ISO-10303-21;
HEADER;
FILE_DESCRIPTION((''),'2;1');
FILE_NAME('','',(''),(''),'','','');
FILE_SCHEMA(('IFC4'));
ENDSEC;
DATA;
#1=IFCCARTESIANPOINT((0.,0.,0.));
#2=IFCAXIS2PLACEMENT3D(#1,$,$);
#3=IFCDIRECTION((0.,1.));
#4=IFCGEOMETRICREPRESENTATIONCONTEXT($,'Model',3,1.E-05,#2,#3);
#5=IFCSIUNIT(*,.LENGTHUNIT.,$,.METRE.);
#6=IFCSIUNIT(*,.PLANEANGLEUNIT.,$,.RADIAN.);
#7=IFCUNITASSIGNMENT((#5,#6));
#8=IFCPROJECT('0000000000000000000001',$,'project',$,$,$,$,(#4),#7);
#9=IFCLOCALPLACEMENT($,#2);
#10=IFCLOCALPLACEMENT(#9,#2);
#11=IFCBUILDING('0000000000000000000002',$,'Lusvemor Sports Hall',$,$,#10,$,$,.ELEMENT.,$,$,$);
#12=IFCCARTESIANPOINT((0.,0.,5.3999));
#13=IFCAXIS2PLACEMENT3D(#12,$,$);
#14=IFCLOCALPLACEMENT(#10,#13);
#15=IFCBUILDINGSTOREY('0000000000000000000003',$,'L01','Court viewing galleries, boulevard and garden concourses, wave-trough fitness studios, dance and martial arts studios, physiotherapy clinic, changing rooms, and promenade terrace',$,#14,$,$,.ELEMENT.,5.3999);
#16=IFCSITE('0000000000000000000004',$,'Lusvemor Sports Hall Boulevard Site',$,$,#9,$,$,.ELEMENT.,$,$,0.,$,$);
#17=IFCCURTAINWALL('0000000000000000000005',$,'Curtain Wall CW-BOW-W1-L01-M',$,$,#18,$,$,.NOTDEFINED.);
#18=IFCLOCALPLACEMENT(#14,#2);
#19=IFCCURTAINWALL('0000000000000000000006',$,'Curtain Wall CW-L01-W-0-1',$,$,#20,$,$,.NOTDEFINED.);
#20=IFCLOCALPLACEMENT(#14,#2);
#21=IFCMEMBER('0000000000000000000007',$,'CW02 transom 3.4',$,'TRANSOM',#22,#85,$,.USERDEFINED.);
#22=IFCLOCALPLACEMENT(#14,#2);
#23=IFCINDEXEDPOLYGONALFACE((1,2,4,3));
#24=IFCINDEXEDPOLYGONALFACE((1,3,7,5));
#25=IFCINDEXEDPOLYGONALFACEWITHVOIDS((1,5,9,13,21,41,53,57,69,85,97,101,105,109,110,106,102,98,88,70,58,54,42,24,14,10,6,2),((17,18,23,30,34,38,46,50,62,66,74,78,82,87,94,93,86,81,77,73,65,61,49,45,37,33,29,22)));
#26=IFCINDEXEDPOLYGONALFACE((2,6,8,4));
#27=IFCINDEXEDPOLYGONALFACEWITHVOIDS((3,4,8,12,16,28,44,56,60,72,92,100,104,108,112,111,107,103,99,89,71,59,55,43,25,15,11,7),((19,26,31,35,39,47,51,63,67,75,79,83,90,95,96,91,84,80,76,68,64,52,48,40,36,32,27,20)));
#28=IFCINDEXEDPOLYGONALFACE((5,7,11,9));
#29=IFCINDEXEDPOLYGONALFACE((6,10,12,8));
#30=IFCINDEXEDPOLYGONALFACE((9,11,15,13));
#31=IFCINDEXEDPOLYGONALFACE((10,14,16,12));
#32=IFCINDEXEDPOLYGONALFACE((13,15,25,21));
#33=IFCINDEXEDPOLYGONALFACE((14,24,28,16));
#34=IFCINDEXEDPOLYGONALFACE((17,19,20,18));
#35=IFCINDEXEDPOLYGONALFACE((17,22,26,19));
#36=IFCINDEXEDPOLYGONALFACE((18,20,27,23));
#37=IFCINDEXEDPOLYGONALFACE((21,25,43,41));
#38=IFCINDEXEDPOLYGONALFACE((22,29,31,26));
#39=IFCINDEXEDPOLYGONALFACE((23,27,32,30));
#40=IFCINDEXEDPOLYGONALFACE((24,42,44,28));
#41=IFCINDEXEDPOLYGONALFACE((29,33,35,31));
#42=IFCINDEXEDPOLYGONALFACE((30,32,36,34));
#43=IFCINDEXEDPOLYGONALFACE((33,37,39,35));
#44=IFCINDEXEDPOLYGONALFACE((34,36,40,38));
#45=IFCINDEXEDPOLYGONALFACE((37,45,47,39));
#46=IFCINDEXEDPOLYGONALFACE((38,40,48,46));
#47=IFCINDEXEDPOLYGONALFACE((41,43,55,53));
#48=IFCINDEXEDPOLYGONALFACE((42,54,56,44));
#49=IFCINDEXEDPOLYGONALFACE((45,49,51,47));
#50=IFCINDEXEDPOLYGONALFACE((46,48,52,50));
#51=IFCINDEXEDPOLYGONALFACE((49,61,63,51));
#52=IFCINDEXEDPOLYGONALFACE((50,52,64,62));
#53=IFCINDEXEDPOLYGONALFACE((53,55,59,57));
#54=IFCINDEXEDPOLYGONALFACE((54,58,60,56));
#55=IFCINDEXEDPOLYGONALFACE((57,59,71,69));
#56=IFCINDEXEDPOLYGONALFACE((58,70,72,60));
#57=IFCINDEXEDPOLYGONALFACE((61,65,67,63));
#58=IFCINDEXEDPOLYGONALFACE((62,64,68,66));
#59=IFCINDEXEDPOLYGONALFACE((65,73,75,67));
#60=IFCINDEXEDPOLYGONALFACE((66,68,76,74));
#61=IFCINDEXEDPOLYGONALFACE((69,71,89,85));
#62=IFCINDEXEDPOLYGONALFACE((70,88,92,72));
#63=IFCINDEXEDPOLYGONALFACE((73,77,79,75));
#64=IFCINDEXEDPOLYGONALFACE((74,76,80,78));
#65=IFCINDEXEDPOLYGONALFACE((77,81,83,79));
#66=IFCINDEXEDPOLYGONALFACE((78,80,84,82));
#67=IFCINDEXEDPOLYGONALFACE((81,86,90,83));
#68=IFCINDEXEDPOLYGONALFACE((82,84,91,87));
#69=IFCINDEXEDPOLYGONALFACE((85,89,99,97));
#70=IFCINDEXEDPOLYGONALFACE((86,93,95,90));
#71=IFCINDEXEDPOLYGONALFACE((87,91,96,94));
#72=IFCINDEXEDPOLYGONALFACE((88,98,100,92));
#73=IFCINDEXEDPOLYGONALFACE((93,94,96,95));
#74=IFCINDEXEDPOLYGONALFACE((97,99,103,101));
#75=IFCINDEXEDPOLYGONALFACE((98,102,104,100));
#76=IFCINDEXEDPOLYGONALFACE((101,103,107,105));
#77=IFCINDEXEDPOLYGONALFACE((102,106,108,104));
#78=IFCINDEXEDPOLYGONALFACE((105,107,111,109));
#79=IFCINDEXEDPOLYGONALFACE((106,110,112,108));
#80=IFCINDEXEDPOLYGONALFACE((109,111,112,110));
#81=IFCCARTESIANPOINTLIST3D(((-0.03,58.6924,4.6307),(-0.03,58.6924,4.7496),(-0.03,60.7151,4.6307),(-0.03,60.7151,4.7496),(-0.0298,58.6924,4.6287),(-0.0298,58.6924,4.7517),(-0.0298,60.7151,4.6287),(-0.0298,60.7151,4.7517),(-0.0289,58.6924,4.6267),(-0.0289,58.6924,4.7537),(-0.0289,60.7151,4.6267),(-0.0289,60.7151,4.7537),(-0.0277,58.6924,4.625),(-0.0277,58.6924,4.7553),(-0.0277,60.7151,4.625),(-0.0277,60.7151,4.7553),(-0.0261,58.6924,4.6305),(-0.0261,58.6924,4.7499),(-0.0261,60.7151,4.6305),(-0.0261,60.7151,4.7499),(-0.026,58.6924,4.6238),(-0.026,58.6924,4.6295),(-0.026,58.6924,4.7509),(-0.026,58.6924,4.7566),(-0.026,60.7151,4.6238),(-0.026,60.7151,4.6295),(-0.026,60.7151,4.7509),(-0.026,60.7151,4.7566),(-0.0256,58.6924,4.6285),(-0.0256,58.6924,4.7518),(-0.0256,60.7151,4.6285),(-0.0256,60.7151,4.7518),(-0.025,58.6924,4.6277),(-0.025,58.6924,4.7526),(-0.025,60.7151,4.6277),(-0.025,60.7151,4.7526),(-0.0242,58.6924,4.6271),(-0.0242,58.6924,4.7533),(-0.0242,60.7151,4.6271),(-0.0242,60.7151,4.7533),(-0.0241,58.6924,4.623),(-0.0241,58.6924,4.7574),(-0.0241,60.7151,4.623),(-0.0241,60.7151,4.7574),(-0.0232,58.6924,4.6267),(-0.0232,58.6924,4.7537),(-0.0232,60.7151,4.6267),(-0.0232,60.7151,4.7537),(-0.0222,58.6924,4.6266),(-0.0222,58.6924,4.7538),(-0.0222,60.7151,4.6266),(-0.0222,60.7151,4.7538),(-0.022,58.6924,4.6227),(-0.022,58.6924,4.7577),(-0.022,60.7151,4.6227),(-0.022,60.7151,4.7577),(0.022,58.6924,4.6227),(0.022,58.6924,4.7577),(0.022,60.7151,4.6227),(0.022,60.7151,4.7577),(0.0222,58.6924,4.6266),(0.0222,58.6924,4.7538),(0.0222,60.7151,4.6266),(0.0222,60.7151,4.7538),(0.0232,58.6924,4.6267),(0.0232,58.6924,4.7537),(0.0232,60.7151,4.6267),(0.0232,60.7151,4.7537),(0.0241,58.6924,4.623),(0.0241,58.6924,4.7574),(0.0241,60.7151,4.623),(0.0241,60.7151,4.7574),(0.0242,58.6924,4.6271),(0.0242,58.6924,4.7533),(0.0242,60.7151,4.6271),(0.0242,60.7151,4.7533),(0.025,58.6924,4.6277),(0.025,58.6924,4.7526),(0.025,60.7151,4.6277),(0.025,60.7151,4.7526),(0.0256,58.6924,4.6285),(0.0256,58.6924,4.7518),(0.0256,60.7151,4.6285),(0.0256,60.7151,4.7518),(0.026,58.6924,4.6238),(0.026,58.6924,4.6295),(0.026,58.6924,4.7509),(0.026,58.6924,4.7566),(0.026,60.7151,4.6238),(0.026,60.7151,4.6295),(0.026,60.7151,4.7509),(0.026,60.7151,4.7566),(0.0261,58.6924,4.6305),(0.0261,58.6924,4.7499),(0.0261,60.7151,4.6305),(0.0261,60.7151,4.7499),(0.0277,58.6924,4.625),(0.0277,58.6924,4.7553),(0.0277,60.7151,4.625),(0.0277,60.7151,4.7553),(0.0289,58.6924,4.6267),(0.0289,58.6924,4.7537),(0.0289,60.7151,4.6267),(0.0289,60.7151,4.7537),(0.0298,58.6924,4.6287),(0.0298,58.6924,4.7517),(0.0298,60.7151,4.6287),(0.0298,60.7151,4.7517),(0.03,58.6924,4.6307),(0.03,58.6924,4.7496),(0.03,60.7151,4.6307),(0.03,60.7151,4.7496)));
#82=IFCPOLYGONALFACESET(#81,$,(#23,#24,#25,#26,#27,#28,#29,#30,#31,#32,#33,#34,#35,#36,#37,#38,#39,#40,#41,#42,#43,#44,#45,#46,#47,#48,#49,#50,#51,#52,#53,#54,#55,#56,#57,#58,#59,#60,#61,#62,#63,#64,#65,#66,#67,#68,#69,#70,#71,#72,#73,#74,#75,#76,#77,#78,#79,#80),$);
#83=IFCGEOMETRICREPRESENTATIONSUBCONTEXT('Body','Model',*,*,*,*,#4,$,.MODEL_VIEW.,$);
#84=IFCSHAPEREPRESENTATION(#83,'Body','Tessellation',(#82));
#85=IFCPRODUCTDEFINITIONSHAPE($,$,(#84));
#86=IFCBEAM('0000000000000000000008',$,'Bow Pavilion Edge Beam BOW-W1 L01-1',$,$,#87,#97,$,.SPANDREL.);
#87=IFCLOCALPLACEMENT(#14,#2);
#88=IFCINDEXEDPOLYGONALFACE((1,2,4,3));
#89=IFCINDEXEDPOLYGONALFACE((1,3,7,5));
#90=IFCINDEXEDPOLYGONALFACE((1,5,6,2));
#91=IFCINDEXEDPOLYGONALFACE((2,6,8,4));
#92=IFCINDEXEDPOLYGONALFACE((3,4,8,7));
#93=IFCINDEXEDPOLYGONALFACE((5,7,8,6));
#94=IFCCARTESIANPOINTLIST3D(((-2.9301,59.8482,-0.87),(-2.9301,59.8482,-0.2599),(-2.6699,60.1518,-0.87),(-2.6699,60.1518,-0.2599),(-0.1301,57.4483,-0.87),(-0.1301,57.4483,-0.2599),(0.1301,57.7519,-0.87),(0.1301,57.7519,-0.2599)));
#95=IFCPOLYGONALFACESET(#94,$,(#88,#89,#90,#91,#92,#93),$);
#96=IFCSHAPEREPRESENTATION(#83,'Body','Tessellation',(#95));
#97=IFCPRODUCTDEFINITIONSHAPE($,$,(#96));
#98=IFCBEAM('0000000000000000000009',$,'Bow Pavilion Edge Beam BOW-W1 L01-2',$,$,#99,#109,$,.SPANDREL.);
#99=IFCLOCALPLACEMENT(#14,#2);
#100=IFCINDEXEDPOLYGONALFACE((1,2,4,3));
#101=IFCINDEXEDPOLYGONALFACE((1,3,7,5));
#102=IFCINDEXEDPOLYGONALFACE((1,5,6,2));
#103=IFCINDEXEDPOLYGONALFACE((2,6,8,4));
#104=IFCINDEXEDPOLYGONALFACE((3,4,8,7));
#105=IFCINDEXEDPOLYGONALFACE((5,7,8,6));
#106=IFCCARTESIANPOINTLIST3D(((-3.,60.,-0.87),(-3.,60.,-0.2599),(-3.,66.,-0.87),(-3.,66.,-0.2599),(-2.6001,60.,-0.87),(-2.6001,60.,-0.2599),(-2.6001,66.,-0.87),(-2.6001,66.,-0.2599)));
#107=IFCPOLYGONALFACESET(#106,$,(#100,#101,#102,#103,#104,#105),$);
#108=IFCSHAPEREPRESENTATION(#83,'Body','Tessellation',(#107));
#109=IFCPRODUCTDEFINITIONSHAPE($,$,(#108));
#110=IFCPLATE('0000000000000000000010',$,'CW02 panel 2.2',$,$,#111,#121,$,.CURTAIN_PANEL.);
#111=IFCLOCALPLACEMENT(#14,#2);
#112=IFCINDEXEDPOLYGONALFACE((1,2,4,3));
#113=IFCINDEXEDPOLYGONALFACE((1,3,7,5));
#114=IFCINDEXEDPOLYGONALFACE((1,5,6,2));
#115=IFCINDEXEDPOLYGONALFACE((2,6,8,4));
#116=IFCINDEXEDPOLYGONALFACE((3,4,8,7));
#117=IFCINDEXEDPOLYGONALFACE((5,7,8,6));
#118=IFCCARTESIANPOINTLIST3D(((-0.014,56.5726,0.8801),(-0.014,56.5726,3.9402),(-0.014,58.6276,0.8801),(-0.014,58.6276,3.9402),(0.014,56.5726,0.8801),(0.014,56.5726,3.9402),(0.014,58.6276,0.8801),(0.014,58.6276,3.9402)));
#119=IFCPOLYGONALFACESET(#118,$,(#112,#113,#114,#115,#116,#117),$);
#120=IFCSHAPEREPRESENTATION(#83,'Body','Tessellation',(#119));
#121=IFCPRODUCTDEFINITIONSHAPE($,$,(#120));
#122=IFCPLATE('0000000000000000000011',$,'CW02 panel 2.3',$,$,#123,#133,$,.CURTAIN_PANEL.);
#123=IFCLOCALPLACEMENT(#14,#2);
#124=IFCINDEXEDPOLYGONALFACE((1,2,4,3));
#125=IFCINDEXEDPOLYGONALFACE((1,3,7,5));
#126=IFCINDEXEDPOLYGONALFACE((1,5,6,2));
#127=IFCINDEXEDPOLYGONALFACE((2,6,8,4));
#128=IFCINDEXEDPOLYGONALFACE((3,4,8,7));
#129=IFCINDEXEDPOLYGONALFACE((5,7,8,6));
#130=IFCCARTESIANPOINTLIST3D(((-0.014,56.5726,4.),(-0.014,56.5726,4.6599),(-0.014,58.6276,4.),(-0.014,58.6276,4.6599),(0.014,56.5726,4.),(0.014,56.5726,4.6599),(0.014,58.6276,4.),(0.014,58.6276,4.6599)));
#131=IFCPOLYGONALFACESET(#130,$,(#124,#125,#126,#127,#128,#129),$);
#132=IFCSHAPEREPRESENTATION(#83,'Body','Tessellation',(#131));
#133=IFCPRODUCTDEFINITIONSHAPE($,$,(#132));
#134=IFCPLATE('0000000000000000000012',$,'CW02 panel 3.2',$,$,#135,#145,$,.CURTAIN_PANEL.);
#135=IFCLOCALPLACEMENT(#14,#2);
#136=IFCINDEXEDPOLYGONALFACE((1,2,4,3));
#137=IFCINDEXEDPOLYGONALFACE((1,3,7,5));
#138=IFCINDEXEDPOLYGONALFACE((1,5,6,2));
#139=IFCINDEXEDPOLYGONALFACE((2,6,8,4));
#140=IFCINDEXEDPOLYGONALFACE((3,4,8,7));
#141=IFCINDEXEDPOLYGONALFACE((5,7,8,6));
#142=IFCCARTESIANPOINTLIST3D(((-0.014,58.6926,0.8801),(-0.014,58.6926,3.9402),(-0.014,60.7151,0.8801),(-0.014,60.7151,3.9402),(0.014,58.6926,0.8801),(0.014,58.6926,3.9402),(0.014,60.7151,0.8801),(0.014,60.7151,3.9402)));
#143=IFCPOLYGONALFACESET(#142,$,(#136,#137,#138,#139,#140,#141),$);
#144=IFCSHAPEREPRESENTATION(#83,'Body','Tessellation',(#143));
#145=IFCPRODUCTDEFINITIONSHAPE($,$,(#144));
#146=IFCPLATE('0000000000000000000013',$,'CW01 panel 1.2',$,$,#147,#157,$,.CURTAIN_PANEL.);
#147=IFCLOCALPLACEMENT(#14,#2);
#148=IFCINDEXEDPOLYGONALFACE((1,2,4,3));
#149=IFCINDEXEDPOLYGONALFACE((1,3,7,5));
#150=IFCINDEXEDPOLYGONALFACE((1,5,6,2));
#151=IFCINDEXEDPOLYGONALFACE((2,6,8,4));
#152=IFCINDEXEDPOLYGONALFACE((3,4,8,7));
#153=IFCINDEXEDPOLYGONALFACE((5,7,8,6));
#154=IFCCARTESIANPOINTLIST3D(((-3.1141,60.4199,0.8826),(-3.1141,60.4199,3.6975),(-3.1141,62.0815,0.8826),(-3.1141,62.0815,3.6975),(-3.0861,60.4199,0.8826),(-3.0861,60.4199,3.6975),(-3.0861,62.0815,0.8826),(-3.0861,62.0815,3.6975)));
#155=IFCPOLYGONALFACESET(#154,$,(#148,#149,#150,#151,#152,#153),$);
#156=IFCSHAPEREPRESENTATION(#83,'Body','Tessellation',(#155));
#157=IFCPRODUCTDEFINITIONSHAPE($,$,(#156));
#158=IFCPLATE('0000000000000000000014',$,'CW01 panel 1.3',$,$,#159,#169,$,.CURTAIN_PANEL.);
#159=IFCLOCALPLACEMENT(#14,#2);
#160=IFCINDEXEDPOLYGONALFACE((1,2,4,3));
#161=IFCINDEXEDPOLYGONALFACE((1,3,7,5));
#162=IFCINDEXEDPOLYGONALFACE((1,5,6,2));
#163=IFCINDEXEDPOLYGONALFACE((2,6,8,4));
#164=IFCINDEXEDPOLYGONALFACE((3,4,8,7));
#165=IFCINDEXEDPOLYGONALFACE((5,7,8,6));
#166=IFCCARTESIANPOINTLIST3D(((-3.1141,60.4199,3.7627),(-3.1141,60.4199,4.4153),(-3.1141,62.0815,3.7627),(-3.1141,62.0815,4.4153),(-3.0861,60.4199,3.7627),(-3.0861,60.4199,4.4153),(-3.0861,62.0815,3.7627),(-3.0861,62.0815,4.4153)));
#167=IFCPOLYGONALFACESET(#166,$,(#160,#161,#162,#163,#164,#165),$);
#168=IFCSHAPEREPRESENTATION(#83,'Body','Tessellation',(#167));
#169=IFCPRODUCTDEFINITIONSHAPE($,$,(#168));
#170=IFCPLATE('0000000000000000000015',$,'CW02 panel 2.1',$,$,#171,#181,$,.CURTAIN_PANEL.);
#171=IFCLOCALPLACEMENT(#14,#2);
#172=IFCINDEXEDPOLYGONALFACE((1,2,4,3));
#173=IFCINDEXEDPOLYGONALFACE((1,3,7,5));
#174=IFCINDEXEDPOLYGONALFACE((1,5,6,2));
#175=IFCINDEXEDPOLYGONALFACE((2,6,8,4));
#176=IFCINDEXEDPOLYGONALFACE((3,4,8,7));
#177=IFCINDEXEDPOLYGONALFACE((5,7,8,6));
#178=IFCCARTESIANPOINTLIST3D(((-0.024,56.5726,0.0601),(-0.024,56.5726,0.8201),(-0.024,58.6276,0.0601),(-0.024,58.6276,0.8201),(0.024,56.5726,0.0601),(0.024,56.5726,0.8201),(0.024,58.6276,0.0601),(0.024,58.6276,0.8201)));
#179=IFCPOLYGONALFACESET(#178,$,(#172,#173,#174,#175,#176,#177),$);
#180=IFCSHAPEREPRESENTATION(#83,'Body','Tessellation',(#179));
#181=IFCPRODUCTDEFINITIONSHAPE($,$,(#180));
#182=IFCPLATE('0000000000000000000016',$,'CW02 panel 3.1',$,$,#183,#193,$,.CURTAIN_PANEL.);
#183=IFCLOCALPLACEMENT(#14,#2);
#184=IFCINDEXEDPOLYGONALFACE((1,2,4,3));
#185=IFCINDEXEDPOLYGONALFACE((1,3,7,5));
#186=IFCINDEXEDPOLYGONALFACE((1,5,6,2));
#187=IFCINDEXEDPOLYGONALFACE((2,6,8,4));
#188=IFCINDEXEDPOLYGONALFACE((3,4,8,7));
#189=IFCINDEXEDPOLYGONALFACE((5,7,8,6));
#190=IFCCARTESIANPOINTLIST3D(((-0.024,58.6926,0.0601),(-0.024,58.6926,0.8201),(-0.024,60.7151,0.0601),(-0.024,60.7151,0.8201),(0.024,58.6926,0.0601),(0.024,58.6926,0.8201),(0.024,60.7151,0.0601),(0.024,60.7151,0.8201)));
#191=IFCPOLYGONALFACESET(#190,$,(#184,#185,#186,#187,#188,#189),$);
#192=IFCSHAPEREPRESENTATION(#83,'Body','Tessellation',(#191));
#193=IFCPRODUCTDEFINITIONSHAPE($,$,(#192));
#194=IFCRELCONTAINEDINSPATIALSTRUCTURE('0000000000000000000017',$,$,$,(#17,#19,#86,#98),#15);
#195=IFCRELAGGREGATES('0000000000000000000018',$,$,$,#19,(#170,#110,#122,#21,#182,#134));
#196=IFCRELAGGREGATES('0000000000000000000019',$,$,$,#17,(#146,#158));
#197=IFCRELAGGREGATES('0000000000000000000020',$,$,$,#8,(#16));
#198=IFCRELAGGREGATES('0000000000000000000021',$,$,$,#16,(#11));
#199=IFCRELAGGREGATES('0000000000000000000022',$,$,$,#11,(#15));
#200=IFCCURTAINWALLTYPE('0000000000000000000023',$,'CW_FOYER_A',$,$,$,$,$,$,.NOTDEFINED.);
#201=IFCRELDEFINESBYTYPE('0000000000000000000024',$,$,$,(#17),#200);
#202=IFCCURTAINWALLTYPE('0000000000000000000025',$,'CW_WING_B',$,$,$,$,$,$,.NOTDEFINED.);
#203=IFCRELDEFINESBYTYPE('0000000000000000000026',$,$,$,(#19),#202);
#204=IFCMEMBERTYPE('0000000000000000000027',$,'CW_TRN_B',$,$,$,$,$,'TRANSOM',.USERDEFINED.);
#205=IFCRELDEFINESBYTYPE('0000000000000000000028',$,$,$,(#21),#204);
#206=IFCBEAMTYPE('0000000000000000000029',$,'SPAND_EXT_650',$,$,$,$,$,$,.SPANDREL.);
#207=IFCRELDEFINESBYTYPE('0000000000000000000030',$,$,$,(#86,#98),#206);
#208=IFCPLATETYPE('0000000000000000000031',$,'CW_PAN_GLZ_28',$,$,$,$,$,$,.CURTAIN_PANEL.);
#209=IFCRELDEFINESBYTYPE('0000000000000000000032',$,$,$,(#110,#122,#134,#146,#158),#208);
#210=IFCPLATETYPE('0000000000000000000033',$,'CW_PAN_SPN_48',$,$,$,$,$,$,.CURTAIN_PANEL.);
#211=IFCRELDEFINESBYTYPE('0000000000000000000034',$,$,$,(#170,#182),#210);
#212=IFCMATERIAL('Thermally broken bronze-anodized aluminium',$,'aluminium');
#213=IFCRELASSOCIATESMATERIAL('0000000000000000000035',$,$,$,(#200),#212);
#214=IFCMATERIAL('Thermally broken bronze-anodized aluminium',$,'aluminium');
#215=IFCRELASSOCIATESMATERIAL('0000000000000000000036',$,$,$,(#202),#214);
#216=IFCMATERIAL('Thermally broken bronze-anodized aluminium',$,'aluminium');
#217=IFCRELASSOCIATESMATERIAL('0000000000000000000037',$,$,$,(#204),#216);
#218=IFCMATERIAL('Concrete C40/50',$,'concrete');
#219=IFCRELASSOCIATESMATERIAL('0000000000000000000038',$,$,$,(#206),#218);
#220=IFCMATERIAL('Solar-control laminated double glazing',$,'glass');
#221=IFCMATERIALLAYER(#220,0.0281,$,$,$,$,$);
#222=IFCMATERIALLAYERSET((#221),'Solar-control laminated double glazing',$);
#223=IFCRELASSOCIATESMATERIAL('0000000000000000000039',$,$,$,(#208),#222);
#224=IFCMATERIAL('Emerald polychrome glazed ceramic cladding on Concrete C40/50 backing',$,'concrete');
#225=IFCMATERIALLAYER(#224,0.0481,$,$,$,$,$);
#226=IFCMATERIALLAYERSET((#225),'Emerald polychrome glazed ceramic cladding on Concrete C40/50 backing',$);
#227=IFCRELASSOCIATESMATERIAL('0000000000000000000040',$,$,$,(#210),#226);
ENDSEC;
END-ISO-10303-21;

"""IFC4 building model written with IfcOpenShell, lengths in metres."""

from ifc_helpers import new_model, si_unit, direction, frame, origin, origin_2d, place, context, subcontext, project, spatial, rectangle, hollow_rectangle, extrude, material, layer, layer_set, material_profile, profile_set, type_object, element, aggregate, save


model = new_model("IFC4")

# Units and contexts
model_context = context("Model", 3, precision=1e-05, world=origin(), true_north=direction((0.0, 1.0)))
body_context = subcontext(model_context, "Body", "Model", "MODEL_VIEW")
ifc_project = project(units=[si_unit("LENGTHUNIT", "METRE"), si_unit("PLANEANGLEUNIT", "RADIAN")], contexts=[model_context])

# Site, building, storey
site_placement = place(None, origin())
site = spatial("IfcSite", under=ifc_project, at=site_placement, Name="Lusvemor Sports Hall Boulevard Site", CompositionType="ELEMENT", RefElevation=0.0)
building_placement = place(site_placement, origin())
building = spatial("IfcBuilding", under=site, at=building_placement, Name="Lusvemor Sports Hall", CompositionType="ELEMENT")
storey_placement = place(building_placement, frame((0.0, 0.0, 5.3999)))
storey = spatial("IfcBuildingStorey", under=building, at=storey_placement, Name="L01", Description="Court viewing galleries, boulevard and garden concourses, wave-trough fitness studios, dance and martial arts studios, physiotherapy clinic, changing rooms, and promenade terrace", CompositionType="ELEMENT", Elevation=5.3999)

# Curtain wall
ifc_material_1 = material(Name="Thermally broken bronze-anodized aluminium", Category="aluminium")
curtain_wall_type_1 = type_object("IfcCurtainWallType", Name="CW_FOYER_A", PredefinedType="NOTDEFINED", material=ifc_material_1)
curtain_wall_1_placement = place(storey_placement, origin())
curtain_wall_1 = element("IfcCurtainWall", 1, at=curtain_wall_1_placement, inside=storey, type_object=curtain_wall_type_1, Name="Curtain Wall CW-BOW-W1-L01-M", PredefinedType="NOTDEFINED")

# Curtain wall
ifc_material_2 = material(Name="Thermally broken bronze-anodized aluminium", Category="aluminium")
curtain_wall_type_2 = type_object("IfcCurtainWallType", Name="CW_WING_B", PredefinedType="NOTDEFINED", material=ifc_material_2)
curtain_wall_2_placement = place(storey_placement, origin())
curtain_wall_2 = element("IfcCurtainWall", 2, at=curtain_wall_2_placement, inside=storey, type_object=curtain_wall_type_2, Name="Curtain Wall CW-L01-W-0-1", PredefinedType="NOTDEFINED")

# Member
ifc_material_3 = material(Name="Thermally broken bronze-anodized aluminium", Category="aluminium")
ifc_material_profile_1 = material_profile(ifc_material_3, hollow_rectangle(XDim=0.0601, YDim=0.135, WallThickness=0.0039, InnerFilletRadius=0.0039, OuterFilletRadius=0.0081, at=origin_2d()), Name="CWTRN135x60x4")
ifc_profile_set_1 = profile_set([ifc_material_profile_1], Name="Thermally broken bronze-anodized aluminium")
member_type_1 = type_object("IfcMemberType", Name="CW_TRN_B", ElementType="TRANSOM", PredefinedType="USERDEFINED", material=ifc_profile_set_1)
member_1_placement = place(storey_placement, frame((0.0, 58.6924, 4.6902), z_axis=(0.0, 1.0, 0.0), x_axis=(-1.0, 0.0, 0.0)))
member_1 = element("IfcMember", 3, at=member_1_placement, type_object=member_type_1, Name="CW02 transom 3.4", ObjectType="TRANSOM", PredefinedType="USERDEFINED", context=body_context, shape_type="SweptSolid", body=[
    extrude(hollow_rectangle(XDim=0.0601, YDim=0.135, WallThickness=0.0039, InnerFilletRadius=0.0039, OuterFilletRadius=0.0081, at=origin_2d()), origin(), (0.0, 0.0, 1.0), 2.0227),
])

# Beams
ifc_material_4 = material(Name="Concrete C40/50", Category="concrete")
ifc_material_profile_2 = material_profile(ifc_material_4, rectangle(XDim=0.3999, YDim=0.6101, at=origin_2d()), Name="RC400x610")
ifc_profile_set_2 = profile_set([ifc_material_profile_2], Name="Concrete C40/50")
beam_type = type_object("IfcBeamType", Name="SPAND_EXT_650", PredefinedType="SPANDREL", material=ifc_profile_set_2)
beam_1_placement = place(storey_placement, frame((0.0, 57.6001, -0.5649), z_axis=(-0.759275, 0.65077, 0.0), x_axis=(-0.65077, -0.759275, 0.0)))
element("IfcBeam", 4, at=beam_1_placement, inside=storey, type_object=beam_type, Name="Bow Pavilion Edge Beam BOW-W1 L01-1", PredefinedType="SPANDREL", context=body_context, shape_type="SweptSolid", body=[
    extrude(rectangle(XDim=0.3999, YDim=0.6101, at=origin_2d()), origin(), (0.0, 0.0, 1.0), 3.6877),
])
beam_2_placement = place(storey_placement, frame((-2.8, 60.0, -0.5649), z_axis=(0.0, 1.0, 0.0), x_axis=(-1.0, 0.0, 0.0)))
element("IfcBeam", 5, at=beam_2_placement, inside=storey, type_object=beam_type, Name="Bow Pavilion Edge Beam BOW-W1 L01-2", PredefinedType="SPANDREL", context=body_context, shape_type="SweptSolid", body=[
    extrude(rectangle(XDim=0.3999, YDim=0.6101, at=origin_2d()), origin(), (0.0, 0.0, 1.0), 6.0),
])

# Plates
ifc_material_5 = material(Name="Solar-control laminated double glazing", Category="glass")
ifc_layer_1 = layer(ifc_material_5, 0.0281)
ifc_layer_set_1 = layer_set([ifc_layer_1], Name="Solar-control laminated double glazing")
plate_type_1 = type_object("IfcPlateType", Name="CW_PAN_GLZ_28", PredefinedType="CURTAIN_PANEL", material=ifc_layer_set_1)
plate_1_placement = place(storey_placement, frame((0.0, 57.6001, 0.8801), z_axis=(0.0, 0.0, 1.0), x_axis=(0.0, 1.0, 0.0)))
plate_1 = element("IfcPlate", 6, at=plate_1_placement, type_object=plate_type_1, Name="CW02 panel 2.2", PredefinedType="CURTAIN_PANEL", context=body_context, shape_type="SweptSolid", body=[
    extrude(rectangle(XDim=2.0549, YDim=0.0281, at=origin_2d()), origin(), (0.0, 0.0, 1.0), 3.0601),
])
plate_2_placement = place(storey_placement, frame((0.0, 57.6001, 4.0), z_axis=(0.0, 0.0, 1.0), x_axis=(0.0, 1.0, 0.0)))
plate_2 = element("IfcPlate", 7, at=plate_2_placement, type_object=plate_type_1, Name="CW02 panel 2.3", PredefinedType="CURTAIN_PANEL", context=body_context, shape_type="SweptSolid", body=[
    extrude(rectangle(XDim=2.0549, YDim=0.0281, at=origin_2d()), origin(), (0.0, 0.0, 1.0), 0.6599),
])
plate_3_placement = place(storey_placement, frame((0.0, 59.7039, 0.8801), z_axis=(0.0, 0.0, 1.0), x_axis=(0.0, 1.0, 0.0)))
plate_3 = element("IfcPlate", 8, at=plate_3_placement, type_object=plate_type_1, Name="CW02 panel 3.2", PredefinedType="CURTAIN_PANEL", context=body_context, shape_type="SweptSolid", body=[
    extrude(rectangle(XDim=2.0225, YDim=0.0281, at=origin_2d()), origin(), (0.0, 0.0, 1.0), 3.0601),
])
plate_4_placement = place(storey_placement, frame((-3.1001, 61.2507, 0.8826), z_axis=(0.0, 0.0, 1.0), x_axis=(0.0, 1.0, 0.0)))
plate_4 = element("IfcPlate", 9, at=plate_4_placement, type_object=plate_type_1, Name="CW01 panel 1.2", PredefinedType="CURTAIN_PANEL", context=body_context, shape_type="SweptSolid", body=[
    extrude(rectangle(XDim=1.6616, YDim=0.0281, at=origin_2d()), origin(), (0.0, 0.0, 1.0), 2.8149),
])
plate_5_placement = place(storey_placement, frame((-3.1001, 61.2507, 3.7627), z_axis=(0.0, 0.0, 1.0), x_axis=(0.0, 1.0, 0.0)))
plate_5 = element("IfcPlate", 10, at=plate_5_placement, type_object=plate_type_1, Name="CW01 panel 1.3", PredefinedType="CURTAIN_PANEL", context=body_context, shape_type="SweptSolid", body=[
    extrude(rectangle(XDim=1.6616, YDim=0.0281, at=origin_2d()), origin(), (0.0, 0.0, 1.0), 0.6526),
])
ifc_material_6 = material(Name="Emerald polychrome glazed ceramic cladding on Concrete C40/50 backing", Category="concrete")
ifc_layer_2 = layer(ifc_material_6, 0.0481)
ifc_layer_set_2 = layer_set([ifc_layer_2], Name="Emerald polychrome glazed ceramic cladding on Concrete C40/50 backing")
plate_type_2 = type_object("IfcPlateType", Name="CW_PAN_SPN_48", PredefinedType="CURTAIN_PANEL", material=ifc_layer_set_2)
plate_6_placement = place(storey_placement, frame((0.0, 57.6001, 0.0601), z_axis=(0.0, 0.0, 1.0), x_axis=(0.0, 1.0, 0.0)))
plate_6 = element("IfcPlate", 11, at=plate_6_placement, type_object=plate_type_2, Name="CW02 panel 2.1", PredefinedType="CURTAIN_PANEL", context=body_context, shape_type="SweptSolid", body=[
    extrude(rectangle(XDim=2.0549, YDim=0.0481, at=origin_2d()), origin(), (0.0, 0.0, 1.0), 0.76),
])
plate_7_placement = place(storey_placement, frame((0.0, 59.7039, 0.0601), z_axis=(0.0, 0.0, 1.0), x_axis=(0.0, 1.0, 0.0)))
plate_7 = element("IfcPlate", 12, at=plate_7_placement, type_object=plate_type_2, Name="CW02 panel 3.1", PredefinedType="CURTAIN_PANEL", context=body_context, shape_type="SweptSolid", body=[
    extrude(rectangle(XDim=2.0225, YDim=0.0481, at=origin_2d()), origin(), (0.0, 0.0, 1.0), 0.76),
])
aggregate(curtain_wall_2, [plate_6, plate_1, plate_2, member_1, plate_7, plate_3])
aggregate(curtain_wall_1, [plate_4, plate_5])

save(model, "model.ifc")
